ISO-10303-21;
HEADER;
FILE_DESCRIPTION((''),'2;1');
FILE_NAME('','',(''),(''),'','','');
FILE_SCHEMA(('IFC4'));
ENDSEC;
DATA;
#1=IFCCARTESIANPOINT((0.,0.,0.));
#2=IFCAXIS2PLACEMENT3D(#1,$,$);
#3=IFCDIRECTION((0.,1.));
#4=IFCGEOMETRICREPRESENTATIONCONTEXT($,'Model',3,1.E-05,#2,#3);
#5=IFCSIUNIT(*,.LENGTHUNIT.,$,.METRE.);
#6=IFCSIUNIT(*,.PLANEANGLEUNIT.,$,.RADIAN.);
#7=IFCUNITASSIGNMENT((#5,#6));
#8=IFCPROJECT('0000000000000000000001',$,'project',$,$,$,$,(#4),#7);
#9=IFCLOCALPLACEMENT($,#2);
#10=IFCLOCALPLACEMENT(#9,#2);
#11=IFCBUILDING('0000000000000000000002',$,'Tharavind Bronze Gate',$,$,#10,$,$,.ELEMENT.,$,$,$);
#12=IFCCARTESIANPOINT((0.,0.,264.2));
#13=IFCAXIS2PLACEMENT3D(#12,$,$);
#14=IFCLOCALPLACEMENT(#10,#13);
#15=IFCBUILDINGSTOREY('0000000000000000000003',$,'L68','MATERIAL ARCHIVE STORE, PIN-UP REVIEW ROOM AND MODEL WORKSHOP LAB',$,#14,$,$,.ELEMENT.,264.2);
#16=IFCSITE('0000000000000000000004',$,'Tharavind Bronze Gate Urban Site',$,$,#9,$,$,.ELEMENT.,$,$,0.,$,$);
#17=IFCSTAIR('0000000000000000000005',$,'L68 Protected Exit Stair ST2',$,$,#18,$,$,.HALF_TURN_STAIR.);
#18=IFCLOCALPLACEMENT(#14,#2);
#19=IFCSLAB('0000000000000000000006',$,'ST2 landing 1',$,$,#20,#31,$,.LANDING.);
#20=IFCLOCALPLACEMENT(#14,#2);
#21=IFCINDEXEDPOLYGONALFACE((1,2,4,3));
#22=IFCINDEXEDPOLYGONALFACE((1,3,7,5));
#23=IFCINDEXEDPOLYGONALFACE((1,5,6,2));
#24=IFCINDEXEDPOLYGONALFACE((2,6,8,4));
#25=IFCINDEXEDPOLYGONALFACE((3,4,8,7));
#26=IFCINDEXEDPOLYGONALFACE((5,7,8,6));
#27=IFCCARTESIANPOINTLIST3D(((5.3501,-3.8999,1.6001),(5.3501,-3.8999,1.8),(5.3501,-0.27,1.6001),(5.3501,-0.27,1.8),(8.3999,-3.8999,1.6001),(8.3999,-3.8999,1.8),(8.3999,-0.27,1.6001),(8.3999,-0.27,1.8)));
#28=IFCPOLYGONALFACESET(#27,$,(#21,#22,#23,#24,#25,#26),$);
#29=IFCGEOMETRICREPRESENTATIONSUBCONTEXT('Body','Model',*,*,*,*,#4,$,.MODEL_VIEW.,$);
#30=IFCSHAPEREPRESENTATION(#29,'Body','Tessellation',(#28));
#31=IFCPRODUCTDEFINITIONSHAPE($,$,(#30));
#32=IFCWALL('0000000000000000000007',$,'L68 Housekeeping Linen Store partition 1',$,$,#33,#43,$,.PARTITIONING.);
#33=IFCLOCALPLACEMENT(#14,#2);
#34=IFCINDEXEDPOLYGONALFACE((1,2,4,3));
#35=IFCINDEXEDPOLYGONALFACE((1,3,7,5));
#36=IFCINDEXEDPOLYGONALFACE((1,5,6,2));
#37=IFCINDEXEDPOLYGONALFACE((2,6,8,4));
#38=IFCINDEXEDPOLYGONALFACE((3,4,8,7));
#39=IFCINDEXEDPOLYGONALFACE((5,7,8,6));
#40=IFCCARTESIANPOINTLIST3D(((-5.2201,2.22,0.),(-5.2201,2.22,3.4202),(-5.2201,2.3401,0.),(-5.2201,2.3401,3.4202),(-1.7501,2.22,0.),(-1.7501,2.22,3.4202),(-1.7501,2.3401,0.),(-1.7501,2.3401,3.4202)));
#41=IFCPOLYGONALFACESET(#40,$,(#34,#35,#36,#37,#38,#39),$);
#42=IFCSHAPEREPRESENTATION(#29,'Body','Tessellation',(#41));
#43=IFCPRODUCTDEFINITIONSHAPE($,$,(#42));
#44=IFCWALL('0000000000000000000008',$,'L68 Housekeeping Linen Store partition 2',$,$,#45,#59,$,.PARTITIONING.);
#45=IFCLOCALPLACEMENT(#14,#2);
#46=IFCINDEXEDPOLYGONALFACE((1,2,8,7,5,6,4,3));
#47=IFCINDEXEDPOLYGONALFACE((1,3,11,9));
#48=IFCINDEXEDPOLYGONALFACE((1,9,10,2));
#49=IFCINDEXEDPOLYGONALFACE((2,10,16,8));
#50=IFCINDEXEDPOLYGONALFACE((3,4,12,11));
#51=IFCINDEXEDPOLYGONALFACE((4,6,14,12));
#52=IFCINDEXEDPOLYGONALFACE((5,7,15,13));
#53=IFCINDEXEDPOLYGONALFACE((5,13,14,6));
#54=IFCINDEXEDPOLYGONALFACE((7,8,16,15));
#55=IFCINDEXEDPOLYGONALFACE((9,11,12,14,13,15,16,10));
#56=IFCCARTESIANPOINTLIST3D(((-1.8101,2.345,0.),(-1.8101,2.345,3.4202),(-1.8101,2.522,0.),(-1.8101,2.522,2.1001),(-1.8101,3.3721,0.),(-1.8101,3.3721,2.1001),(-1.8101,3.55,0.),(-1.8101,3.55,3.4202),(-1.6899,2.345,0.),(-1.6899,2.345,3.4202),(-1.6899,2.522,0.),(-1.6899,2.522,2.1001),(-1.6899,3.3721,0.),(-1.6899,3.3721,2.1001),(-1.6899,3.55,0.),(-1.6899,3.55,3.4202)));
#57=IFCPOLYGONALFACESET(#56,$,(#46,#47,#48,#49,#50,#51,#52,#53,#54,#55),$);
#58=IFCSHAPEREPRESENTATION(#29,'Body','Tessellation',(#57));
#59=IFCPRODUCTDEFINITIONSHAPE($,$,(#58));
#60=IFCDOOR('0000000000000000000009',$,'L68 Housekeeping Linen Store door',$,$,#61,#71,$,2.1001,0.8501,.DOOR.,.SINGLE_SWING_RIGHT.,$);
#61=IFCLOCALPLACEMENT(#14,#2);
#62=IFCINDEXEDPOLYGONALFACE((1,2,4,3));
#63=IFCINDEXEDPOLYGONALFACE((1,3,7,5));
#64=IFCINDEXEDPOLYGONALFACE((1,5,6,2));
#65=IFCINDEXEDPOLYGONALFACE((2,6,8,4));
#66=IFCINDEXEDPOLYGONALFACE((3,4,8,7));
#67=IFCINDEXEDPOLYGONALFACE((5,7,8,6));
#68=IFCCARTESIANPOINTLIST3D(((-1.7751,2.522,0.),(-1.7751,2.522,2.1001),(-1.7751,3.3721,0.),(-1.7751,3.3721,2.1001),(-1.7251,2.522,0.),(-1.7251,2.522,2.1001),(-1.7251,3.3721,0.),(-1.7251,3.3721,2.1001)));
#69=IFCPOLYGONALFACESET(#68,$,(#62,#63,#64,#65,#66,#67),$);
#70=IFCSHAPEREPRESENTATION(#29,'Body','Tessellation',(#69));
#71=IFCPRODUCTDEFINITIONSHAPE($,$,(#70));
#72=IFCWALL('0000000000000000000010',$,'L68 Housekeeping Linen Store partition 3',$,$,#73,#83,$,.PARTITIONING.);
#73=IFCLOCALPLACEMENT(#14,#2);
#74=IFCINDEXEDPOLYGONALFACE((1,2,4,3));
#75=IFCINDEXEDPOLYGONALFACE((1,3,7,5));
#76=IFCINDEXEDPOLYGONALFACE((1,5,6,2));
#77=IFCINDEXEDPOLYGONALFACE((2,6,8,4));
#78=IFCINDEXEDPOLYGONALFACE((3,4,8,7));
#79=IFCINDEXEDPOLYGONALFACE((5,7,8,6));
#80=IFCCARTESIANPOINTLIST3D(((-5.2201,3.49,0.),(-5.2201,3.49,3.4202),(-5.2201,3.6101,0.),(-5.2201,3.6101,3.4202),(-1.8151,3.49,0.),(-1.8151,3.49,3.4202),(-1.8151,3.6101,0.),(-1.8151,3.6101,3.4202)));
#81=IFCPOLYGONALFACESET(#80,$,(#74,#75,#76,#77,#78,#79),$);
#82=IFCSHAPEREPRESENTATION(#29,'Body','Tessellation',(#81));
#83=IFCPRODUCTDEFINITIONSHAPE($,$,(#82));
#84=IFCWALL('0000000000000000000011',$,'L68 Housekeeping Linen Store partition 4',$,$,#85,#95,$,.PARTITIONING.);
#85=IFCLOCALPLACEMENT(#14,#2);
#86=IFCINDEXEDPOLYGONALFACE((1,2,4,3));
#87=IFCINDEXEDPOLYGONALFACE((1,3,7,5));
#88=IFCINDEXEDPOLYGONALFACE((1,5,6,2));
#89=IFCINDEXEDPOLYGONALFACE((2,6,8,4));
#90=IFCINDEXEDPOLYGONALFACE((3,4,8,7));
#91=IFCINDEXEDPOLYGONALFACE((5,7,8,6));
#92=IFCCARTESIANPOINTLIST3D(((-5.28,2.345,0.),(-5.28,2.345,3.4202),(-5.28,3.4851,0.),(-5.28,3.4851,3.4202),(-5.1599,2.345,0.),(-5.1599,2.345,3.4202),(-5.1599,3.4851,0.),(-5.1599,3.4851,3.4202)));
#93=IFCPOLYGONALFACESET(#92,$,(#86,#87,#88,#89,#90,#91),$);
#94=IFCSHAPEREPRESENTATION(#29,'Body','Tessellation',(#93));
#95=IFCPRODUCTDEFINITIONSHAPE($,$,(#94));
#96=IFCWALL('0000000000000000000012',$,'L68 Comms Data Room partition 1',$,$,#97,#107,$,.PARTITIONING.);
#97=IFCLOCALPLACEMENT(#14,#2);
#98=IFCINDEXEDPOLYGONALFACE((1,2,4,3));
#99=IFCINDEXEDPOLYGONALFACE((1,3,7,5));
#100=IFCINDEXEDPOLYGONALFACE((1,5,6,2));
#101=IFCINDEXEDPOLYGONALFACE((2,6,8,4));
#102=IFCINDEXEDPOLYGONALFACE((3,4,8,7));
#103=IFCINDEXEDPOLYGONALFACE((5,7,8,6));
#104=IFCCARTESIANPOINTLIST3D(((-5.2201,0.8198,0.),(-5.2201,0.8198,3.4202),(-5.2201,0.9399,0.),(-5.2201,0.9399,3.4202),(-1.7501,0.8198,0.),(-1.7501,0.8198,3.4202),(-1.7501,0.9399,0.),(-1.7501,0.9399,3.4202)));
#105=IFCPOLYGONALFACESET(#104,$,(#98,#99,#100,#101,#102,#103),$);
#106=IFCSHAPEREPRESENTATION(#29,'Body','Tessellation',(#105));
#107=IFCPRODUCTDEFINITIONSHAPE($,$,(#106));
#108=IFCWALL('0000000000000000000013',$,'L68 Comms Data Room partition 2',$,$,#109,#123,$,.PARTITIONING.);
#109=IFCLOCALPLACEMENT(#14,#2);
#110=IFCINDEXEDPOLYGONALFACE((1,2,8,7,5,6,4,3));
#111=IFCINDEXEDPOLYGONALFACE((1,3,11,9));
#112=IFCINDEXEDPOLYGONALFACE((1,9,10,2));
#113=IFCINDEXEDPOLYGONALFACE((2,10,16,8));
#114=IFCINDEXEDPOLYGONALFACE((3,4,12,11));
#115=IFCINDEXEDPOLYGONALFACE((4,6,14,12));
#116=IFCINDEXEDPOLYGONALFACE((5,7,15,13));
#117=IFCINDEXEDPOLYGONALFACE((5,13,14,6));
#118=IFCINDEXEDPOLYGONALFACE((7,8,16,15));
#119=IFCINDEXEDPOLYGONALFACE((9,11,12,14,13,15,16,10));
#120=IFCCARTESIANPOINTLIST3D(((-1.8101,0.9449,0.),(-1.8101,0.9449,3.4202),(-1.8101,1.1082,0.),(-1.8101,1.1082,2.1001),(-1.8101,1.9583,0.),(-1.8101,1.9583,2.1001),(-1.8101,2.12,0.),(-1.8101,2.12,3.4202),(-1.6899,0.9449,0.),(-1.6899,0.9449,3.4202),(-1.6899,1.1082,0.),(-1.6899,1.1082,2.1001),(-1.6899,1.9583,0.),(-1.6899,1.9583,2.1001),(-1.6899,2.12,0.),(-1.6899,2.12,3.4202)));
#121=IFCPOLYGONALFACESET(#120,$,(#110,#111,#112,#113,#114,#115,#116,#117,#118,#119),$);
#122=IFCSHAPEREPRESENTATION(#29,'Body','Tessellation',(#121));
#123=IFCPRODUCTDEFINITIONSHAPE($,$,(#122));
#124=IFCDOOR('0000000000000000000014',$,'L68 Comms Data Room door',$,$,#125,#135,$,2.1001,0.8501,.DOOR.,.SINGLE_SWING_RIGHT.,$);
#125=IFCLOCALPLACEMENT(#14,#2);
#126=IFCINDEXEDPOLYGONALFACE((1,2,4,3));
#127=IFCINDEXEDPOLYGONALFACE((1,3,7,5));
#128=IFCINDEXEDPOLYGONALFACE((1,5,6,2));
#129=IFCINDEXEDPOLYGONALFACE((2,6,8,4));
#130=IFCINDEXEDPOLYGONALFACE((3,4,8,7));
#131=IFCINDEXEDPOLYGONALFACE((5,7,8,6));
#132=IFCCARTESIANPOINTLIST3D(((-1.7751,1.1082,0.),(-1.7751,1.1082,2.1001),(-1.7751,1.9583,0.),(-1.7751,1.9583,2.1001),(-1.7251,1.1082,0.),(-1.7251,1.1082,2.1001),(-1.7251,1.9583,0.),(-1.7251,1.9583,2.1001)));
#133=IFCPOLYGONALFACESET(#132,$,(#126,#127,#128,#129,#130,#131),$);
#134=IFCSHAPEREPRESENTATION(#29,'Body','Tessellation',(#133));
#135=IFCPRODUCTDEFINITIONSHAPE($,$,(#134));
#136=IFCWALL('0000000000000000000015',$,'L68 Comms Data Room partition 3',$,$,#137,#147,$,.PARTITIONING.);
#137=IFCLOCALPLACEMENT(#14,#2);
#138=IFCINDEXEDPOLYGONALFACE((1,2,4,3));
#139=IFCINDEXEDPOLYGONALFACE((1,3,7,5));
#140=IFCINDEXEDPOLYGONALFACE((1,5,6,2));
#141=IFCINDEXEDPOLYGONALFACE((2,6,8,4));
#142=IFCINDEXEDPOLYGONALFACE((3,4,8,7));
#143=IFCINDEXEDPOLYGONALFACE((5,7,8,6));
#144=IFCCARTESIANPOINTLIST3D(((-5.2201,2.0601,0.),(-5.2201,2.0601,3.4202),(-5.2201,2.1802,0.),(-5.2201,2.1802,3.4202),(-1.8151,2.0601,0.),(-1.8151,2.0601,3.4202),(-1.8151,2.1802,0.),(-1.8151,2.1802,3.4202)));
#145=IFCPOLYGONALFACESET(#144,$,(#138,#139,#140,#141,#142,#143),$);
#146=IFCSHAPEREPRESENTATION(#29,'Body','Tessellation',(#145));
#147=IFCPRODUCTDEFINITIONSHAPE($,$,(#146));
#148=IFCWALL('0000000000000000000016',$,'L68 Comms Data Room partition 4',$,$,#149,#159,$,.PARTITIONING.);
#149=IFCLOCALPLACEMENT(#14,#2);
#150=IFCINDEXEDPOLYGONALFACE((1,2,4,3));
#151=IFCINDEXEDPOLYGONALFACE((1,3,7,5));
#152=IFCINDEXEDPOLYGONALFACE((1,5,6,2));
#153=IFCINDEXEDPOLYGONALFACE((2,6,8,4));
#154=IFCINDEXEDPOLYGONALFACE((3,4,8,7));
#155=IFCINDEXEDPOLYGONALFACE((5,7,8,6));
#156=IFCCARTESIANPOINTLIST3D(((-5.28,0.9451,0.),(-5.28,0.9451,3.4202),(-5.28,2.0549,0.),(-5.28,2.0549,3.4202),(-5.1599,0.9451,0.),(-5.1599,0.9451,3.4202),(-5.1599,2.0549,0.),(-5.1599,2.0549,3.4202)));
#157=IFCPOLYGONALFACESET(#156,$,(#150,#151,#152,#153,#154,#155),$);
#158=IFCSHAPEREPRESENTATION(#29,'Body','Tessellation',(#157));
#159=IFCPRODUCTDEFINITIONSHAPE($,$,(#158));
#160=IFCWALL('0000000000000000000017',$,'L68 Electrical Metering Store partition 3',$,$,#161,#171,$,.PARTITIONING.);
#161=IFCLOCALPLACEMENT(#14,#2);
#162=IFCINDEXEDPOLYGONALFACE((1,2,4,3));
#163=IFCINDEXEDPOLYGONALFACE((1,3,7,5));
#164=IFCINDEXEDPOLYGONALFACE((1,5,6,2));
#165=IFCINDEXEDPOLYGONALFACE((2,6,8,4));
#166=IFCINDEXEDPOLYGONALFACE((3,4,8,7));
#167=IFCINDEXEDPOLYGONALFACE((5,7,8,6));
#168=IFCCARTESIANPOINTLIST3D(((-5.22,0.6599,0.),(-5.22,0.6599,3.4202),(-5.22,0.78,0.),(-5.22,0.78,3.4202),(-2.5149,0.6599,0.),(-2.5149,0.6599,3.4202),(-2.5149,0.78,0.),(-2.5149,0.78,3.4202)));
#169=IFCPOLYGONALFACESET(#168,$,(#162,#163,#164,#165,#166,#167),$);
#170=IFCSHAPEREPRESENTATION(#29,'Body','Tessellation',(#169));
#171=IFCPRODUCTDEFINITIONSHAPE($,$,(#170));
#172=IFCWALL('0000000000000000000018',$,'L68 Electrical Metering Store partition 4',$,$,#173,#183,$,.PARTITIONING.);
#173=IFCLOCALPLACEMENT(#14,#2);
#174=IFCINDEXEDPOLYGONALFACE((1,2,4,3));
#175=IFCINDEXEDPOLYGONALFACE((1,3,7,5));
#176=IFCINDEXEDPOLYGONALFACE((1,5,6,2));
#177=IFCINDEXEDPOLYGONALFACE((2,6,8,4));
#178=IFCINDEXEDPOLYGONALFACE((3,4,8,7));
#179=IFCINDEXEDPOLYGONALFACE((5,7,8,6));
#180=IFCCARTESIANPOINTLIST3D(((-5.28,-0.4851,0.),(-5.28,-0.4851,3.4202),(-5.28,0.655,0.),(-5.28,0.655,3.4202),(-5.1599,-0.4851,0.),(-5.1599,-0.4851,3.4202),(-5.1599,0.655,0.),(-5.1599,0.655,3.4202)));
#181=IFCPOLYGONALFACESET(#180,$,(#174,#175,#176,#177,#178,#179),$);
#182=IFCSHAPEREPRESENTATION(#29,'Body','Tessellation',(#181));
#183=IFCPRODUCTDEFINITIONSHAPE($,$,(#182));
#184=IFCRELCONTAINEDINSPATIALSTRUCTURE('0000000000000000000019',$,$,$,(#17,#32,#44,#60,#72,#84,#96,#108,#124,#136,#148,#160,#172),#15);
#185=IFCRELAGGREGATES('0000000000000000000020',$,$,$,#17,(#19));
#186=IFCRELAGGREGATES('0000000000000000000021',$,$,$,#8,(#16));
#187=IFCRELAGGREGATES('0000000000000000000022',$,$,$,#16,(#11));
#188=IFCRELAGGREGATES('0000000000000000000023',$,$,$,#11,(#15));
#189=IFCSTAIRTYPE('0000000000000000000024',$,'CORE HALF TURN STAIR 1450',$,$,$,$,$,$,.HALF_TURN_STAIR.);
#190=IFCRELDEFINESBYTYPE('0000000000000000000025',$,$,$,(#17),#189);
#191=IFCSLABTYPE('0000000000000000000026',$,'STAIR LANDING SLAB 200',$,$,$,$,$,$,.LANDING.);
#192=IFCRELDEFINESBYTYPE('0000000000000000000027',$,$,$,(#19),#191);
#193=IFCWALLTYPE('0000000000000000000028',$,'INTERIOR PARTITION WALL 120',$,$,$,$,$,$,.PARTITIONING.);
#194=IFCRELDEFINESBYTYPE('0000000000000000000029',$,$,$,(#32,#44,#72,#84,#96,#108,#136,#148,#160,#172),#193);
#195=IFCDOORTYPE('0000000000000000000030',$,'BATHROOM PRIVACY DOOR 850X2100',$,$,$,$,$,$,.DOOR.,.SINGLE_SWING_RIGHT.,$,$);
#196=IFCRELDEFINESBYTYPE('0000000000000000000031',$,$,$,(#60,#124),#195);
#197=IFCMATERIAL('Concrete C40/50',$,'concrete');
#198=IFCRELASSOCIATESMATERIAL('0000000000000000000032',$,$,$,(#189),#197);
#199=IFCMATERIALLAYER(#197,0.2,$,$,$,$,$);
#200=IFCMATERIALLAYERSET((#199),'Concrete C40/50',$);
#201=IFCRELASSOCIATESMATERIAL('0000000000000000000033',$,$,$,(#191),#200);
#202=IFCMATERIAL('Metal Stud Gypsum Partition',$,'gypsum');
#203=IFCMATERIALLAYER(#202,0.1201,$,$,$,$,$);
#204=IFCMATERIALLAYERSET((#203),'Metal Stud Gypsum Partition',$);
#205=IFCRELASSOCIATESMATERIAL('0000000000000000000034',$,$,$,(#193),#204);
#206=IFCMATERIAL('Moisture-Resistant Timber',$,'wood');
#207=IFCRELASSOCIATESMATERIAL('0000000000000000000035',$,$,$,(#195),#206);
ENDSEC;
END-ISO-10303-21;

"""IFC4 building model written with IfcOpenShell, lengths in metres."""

from ifc_helpers import new_model, si_unit, direction, frame, frame_2d, origin, place, context, subcontext, project, spatial, polyline, rectangle, outline, extrude, material, layer, layer_set, type_object, element, fill, aggregate, save


model = new_model("IFC4")

# Units and contexts
model_context = context("Model", 3, precision=1e-05, world=origin(), true_north=direction((0.0, 1.0)))
body_context = subcontext(model_context, "Body", "Model", "MODEL_VIEW")
ifc_project = project(units=[si_unit("LENGTHUNIT", "METRE"), si_unit("PLANEANGLEUNIT", "RADIAN")], contexts=[model_context])

# Site, building, storey
site_placement = place(None, origin())
site = spatial("IfcSite", under=ifc_project, at=site_placement, Name="Tharavind Bronze Gate Urban Site", CompositionType="ELEMENT", RefElevation=0.0)
building_placement = place(site_placement, origin())
building = spatial("IfcBuilding", under=site, at=building_placement, Name="Tharavind Bronze Gate", CompositionType="ELEMENT")
storey_placement = place(building_placement, frame((0.0, 0.0, 264.2)))
storey = spatial("IfcBuildingStorey", under=building, at=storey_placement, Name="L68", Description="MATERIAL ARCHIVE STORE, PIN-UP REVIEW ROOM AND MODEL WORKSHOP LAB", CompositionType="ELEMENT", Elevation=264.2)

# Stair, slab
ifc_material_1 = material(Name="Concrete C40/50", Category="concrete")
stair_type = type_object("IfcStairType", Name="CORE HALF TURN STAIR 1450", PredefinedType="HALF_TURN_STAIR", material=ifc_material_1)
stair_1_placement = place(storey_placement, origin())
stair_1 = element("IfcStair", 1, at=stair_1_placement, inside=storey, type_object=stair_type, Name="L68 Protected Exit Stair ST2", PredefinedType="HALF_TURN_STAIR")
ifc_layer_1 = layer(ifc_material_1, 0.2)
ifc_layer_set_1 = layer_set([ifc_layer_1], Name="Concrete C40/50")
slab_type = type_object("IfcSlabType", Name="STAIR LANDING SLAB 200", PredefinedType="LANDING", material=ifc_layer_set_1)
slab_placement = place(storey_placement, frame((0.0, 0.0, 1.6001)))
slab = element("IfcSlab", 2, at=slab_placement, type_object=slab_type, Name="ST2 landing 1", PredefinedType="LANDING", context=body_context, shape_type="SweptSolid", body=[
    extrude(outline(polyline([(5.3501, -0.27), (5.3501, -3.8999), (8.3999, -3.8999), (8.3999, -0.27), (5.3501, -0.27)])), origin(), (0.0, 0.0, 1.0), 0.2),
])
aggregate(stair_1, [slab])

# Wall
ifc_material_2 = material(Name="Metal Stud Gypsum Partition", Category="gypsum")
ifc_layer_2 = layer(ifc_material_2, 0.1201)
ifc_layer_set_2 = layer_set([ifc_layer_2], Name="Metal Stud Gypsum Partition")
wall_type_1 = type_object("IfcWallType", Name="INTERIOR PARTITION WALL 120", PredefinedType="PARTITIONING", material=ifc_layer_set_2)
wall_1_placement = place(storey_placement, frame((-5.22, 2.28, 0.0), z_axis=(0.0, 0.0, 1.0), x_axis=(1.0, 0.0, 0.0)))
element("IfcWall", 3, at=wall_1_placement, inside=storey, type_object=wall_type_1, Name="L68 Housekeeping Linen Store partition 1", PredefinedType="PARTITIONING", context=body_context, shape_type="SweptSolid", body=[
    extrude(rectangle(XDim=3.47, YDim=0.1201, at=frame_2d((1.7349, 0.0))), origin(), (0.0, 0.0, 1.0), 3.4202),
])

# Wall, opening, door
wall_2_placement = place(storey_placement, frame((-1.75, 2.345, 0.0), z_axis=(0.0, 0.0, 1.0), x_axis=(0.0, 1.0, 0.0)))
wall_2 = element("IfcWall", 4, at=wall_2_placement, inside=storey, type_object=wall_type_1, Name="L68 Housekeeping Linen Store partition 2", PredefinedType="PARTITIONING", context=body_context, shape_type="SweptSolid", body=[
    extrude(rectangle(XDim=1.2051, YDim=0.1201, at=frame_2d((0.6025, 0.0))), origin(), (0.0, 0.0, 1.0), 3.4202),
])
opening_1_placement = place(wall_2_placement, frame((0.177, 0.0, 0.0)))
opening_1 = element("IfcOpeningElement", 5, at=opening_1_placement, cuts=wall_2, PredefinedType="OPENING", context=body_context, shape_type="SweptSolid", body=[
    extrude(rectangle(XDim=0.8501, YDim=2.1001, at=frame_2d((0.425, 1.05))), frame((0.0, 0.0701, 0.0), z_axis=(0.0, -1.0, 0.0), x_axis=(1.0, 0.0, 0.0)), (0.0, 0.0, 1.0), 0.1401),
])
ifc_material_3 = material(Name="Moisture-Resistant Timber", Category="wood")
door_type = type_object("IfcDoorType", Name="BATHROOM PRIVACY DOOR 850X2100", OperationType="SINGLE_SWING_RIGHT", PredefinedType="DOOR", material=ifc_material_3)
door_1_placement = place(opening_1_placement, frame((0.8501, 0.0, 0.0), z_axis=(0.0, 0.0, 1.0), x_axis=(-1.0, 0.0, 0.0)))
door_1 = element("IfcDoor", 6, at=door_1_placement, inside=storey, type_object=door_type, Name="L68 Housekeeping Linen Store door", OperationType="SINGLE_SWING_RIGHT", OverallHeight=2.1001, OverallWidth=0.8501, PredefinedType="DOOR", context=body_context, shape_type="SweptSolid", body=[
    extrude(rectangle(XDim=0.8501, YDim=2.1001, at=frame_2d((0.425, 1.05))), frame((0.0, 0.0249, 0.0), z_axis=(0.0, -1.0, 0.0), x_axis=(1.0, 0.0, 0.0)), (0.0, 0.0, 1.0), 0.05),
])
fill(opening_1, door_1)

# Walls
wall_3_placement = place(storey_placement, frame((-1.8149, 3.55, 0.0), z_axis=(0.0, 0.0, 1.0), x_axis=(-1.0, 0.0, 0.0)))
element("IfcWall", 7, at=wall_3_placement, inside=storey, type_object=wall_type_1, Name="L68 Housekeeping Linen Store partition 3", PredefinedType="PARTITIONING", context=body_context, shape_type="SweptSolid", body=[
    extrude(rectangle(XDim=3.405, YDim=0.1201, at=frame_2d((1.7026, 0.0))), origin(), (0.0, 0.0, 1.0), 3.4202),
])
wall_4_placement = place(storey_placement, frame((-5.22, 3.4851, 0.0), z_axis=(0.0, 0.0, 1.0), x_axis=(0.0, -1.0, 0.0)))
element("IfcWall", 8, at=wall_4_placement, inside=storey, type_object=wall_type_1, Name="L68 Housekeeping Linen Store partition 4", PredefinedType="PARTITIONING", context=body_context, shape_type="SweptSolid", body=[
    extrude(rectangle(XDim=1.1401, YDim=0.1201, at=frame_2d((0.5701, 0.0))), origin(), (0.0, 0.0, 1.0), 3.4202),
])
wall_5_placement = place(storey_placement, frame((-5.22, 0.8799, 0.0), z_axis=(0.0, 0.0, 1.0), x_axis=(1.0, 0.0, 0.0)))
element("IfcWall", 9, at=wall_5_placement, inside=storey, type_object=wall_type_1, Name="L68 Comms Data Room partition 1", PredefinedType="PARTITIONING", context=body_context, shape_type="SweptSolid", body=[
    extrude(rectangle(XDim=3.47, YDim=0.1201, at=frame_2d((1.7349, 0.0))), origin(), (0.0, 0.0, 1.0), 3.4202),
])

# Wall, opening, door
wall_6_placement = place(storey_placement, frame((-1.75, 0.9451, 0.0), z_axis=(0.0, 0.0, 1.0), x_axis=(0.0, 1.0, 0.0)))
wall_6 = element("IfcWall", 10, at=wall_6_placement, inside=storey, type_object=wall_type_1, Name="L68 Comms Data Room partition 2", PredefinedType="PARTITIONING", context=body_context, shape_type="SweptSolid", body=[
    extrude(rectangle(XDim=1.175, YDim=0.1201, at=frame_2d((0.5874, 0.0))), origin(), (0.0, 0.0, 1.0), 3.4202),
])
opening_2_placement = place(wall_6_placement, frame((0.1631, 0.0, 0.0)))
opening_2 = element("IfcOpeningElement", 11, at=opening_2_placement, cuts=wall_6, PredefinedType="OPENING", context=body_context, shape_type="SweptSolid", body=[
    extrude(rectangle(XDim=0.8501, YDim=2.1001, at=frame_2d((0.425, 1.05))), frame((0.0, 0.0701, 0.0), z_axis=(0.0, -1.0, 0.0), x_axis=(1.0, 0.0, 0.0)), (0.0, 0.0, 1.0), 0.1401),
])
door_2_placement = place(opening_2_placement, frame((0.8501, 0.0, 0.0), z_axis=(0.0, 0.0, 1.0), x_axis=(-1.0, 0.0, 0.0)))
door_2 = element("IfcDoor", 12, at=door_2_placement, inside=storey, type_object=door_type, Name="L68 Comms Data Room door", OperationType="SINGLE_SWING_RIGHT", OverallHeight=2.1001, OverallWidth=0.8501, PredefinedType="DOOR", context=body_context, shape_type="SweptSolid", body=[
    extrude(rectangle(XDim=0.8501, YDim=2.1001, at=frame_2d((0.425, 1.05))), frame((0.0, 0.0249, 0.0), z_axis=(0.0, -1.0, 0.0), x_axis=(1.0, 0.0, 0.0)), (0.0, 0.0, 1.0), 0.05),
])
fill(opening_2, door_2)

# Walls
wall_7_placement = place(storey_placement, frame((-1.8149, 2.1201, 0.0), z_axis=(0.0, 0.0, 1.0), x_axis=(-1.0, 0.0, 0.0)))
element("IfcWall", 13, at=wall_7_placement, inside=storey, type_object=wall_type_1, Name="L68 Comms Data Room partition 3", PredefinedType="PARTITIONING", context=body_context, shape_type="SweptSolid", body=[
    extrude(rectangle(XDim=3.405, YDim=0.1201, at=frame_2d((1.7026, 0.0))), origin(), (0.0, 0.0, 1.0), 3.4202),
])
wall_8_placement = place(storey_placement, frame((-5.22, 2.0549, 0.0), z_axis=(0.0, 0.0, 1.0), x_axis=(0.0, -1.0, 0.0)))
element("IfcWall", 14, at=wall_8_placement, inside=storey, type_object=wall_type_1, Name="L68 Comms Data Room partition 4", PredefinedType="PARTITIONING", context=body_context, shape_type="SweptSolid", body=[
    extrude(rectangle(XDim=1.1099, YDim=0.1201, at=frame_2d((0.5549, 0.0))), origin(), (0.0, 0.0, 1.0), 3.4202),
])
wall_9_placement = place(storey_placement, frame((-2.5149, 0.72, 0.0), z_axis=(0.0, 0.0, 1.0), x_axis=(-1.0, 0.0, 0.0)))
element("IfcWall", 15, at=wall_9_placement, inside=storey, type_object=wall_type_1, Name="L68 Electrical Metering Store partition 3", PredefinedType="PARTITIONING", context=body_context, shape_type="SweptSolid", body=[
    extrude(rectangle(XDim=2.7051, YDim=0.1201, at=frame_2d((1.3525, 0.0))), origin(), (0.0, 0.0, 1.0), 3.4202),
])
wall_10_placement = place(storey_placement, frame((-5.22, 0.655, 0.0), z_axis=(0.0, 0.0, 1.0), x_axis=(0.0, -1.0, 0.0)))
element("IfcWall", 16, at=wall_10_placement, inside=storey, type_object=wall_type_1, Name="L68 Electrical Metering Store partition 4", PredefinedType="PARTITIONING", context=body_context, shape_type="SweptSolid", body=[
    extrude(rectangle(XDim=1.1401, YDim=0.1201, at=frame_2d((0.5701, 0.0))), origin(), (0.0, 0.0, 1.0), 3.4202),
])

save(model, "model.ifc")
